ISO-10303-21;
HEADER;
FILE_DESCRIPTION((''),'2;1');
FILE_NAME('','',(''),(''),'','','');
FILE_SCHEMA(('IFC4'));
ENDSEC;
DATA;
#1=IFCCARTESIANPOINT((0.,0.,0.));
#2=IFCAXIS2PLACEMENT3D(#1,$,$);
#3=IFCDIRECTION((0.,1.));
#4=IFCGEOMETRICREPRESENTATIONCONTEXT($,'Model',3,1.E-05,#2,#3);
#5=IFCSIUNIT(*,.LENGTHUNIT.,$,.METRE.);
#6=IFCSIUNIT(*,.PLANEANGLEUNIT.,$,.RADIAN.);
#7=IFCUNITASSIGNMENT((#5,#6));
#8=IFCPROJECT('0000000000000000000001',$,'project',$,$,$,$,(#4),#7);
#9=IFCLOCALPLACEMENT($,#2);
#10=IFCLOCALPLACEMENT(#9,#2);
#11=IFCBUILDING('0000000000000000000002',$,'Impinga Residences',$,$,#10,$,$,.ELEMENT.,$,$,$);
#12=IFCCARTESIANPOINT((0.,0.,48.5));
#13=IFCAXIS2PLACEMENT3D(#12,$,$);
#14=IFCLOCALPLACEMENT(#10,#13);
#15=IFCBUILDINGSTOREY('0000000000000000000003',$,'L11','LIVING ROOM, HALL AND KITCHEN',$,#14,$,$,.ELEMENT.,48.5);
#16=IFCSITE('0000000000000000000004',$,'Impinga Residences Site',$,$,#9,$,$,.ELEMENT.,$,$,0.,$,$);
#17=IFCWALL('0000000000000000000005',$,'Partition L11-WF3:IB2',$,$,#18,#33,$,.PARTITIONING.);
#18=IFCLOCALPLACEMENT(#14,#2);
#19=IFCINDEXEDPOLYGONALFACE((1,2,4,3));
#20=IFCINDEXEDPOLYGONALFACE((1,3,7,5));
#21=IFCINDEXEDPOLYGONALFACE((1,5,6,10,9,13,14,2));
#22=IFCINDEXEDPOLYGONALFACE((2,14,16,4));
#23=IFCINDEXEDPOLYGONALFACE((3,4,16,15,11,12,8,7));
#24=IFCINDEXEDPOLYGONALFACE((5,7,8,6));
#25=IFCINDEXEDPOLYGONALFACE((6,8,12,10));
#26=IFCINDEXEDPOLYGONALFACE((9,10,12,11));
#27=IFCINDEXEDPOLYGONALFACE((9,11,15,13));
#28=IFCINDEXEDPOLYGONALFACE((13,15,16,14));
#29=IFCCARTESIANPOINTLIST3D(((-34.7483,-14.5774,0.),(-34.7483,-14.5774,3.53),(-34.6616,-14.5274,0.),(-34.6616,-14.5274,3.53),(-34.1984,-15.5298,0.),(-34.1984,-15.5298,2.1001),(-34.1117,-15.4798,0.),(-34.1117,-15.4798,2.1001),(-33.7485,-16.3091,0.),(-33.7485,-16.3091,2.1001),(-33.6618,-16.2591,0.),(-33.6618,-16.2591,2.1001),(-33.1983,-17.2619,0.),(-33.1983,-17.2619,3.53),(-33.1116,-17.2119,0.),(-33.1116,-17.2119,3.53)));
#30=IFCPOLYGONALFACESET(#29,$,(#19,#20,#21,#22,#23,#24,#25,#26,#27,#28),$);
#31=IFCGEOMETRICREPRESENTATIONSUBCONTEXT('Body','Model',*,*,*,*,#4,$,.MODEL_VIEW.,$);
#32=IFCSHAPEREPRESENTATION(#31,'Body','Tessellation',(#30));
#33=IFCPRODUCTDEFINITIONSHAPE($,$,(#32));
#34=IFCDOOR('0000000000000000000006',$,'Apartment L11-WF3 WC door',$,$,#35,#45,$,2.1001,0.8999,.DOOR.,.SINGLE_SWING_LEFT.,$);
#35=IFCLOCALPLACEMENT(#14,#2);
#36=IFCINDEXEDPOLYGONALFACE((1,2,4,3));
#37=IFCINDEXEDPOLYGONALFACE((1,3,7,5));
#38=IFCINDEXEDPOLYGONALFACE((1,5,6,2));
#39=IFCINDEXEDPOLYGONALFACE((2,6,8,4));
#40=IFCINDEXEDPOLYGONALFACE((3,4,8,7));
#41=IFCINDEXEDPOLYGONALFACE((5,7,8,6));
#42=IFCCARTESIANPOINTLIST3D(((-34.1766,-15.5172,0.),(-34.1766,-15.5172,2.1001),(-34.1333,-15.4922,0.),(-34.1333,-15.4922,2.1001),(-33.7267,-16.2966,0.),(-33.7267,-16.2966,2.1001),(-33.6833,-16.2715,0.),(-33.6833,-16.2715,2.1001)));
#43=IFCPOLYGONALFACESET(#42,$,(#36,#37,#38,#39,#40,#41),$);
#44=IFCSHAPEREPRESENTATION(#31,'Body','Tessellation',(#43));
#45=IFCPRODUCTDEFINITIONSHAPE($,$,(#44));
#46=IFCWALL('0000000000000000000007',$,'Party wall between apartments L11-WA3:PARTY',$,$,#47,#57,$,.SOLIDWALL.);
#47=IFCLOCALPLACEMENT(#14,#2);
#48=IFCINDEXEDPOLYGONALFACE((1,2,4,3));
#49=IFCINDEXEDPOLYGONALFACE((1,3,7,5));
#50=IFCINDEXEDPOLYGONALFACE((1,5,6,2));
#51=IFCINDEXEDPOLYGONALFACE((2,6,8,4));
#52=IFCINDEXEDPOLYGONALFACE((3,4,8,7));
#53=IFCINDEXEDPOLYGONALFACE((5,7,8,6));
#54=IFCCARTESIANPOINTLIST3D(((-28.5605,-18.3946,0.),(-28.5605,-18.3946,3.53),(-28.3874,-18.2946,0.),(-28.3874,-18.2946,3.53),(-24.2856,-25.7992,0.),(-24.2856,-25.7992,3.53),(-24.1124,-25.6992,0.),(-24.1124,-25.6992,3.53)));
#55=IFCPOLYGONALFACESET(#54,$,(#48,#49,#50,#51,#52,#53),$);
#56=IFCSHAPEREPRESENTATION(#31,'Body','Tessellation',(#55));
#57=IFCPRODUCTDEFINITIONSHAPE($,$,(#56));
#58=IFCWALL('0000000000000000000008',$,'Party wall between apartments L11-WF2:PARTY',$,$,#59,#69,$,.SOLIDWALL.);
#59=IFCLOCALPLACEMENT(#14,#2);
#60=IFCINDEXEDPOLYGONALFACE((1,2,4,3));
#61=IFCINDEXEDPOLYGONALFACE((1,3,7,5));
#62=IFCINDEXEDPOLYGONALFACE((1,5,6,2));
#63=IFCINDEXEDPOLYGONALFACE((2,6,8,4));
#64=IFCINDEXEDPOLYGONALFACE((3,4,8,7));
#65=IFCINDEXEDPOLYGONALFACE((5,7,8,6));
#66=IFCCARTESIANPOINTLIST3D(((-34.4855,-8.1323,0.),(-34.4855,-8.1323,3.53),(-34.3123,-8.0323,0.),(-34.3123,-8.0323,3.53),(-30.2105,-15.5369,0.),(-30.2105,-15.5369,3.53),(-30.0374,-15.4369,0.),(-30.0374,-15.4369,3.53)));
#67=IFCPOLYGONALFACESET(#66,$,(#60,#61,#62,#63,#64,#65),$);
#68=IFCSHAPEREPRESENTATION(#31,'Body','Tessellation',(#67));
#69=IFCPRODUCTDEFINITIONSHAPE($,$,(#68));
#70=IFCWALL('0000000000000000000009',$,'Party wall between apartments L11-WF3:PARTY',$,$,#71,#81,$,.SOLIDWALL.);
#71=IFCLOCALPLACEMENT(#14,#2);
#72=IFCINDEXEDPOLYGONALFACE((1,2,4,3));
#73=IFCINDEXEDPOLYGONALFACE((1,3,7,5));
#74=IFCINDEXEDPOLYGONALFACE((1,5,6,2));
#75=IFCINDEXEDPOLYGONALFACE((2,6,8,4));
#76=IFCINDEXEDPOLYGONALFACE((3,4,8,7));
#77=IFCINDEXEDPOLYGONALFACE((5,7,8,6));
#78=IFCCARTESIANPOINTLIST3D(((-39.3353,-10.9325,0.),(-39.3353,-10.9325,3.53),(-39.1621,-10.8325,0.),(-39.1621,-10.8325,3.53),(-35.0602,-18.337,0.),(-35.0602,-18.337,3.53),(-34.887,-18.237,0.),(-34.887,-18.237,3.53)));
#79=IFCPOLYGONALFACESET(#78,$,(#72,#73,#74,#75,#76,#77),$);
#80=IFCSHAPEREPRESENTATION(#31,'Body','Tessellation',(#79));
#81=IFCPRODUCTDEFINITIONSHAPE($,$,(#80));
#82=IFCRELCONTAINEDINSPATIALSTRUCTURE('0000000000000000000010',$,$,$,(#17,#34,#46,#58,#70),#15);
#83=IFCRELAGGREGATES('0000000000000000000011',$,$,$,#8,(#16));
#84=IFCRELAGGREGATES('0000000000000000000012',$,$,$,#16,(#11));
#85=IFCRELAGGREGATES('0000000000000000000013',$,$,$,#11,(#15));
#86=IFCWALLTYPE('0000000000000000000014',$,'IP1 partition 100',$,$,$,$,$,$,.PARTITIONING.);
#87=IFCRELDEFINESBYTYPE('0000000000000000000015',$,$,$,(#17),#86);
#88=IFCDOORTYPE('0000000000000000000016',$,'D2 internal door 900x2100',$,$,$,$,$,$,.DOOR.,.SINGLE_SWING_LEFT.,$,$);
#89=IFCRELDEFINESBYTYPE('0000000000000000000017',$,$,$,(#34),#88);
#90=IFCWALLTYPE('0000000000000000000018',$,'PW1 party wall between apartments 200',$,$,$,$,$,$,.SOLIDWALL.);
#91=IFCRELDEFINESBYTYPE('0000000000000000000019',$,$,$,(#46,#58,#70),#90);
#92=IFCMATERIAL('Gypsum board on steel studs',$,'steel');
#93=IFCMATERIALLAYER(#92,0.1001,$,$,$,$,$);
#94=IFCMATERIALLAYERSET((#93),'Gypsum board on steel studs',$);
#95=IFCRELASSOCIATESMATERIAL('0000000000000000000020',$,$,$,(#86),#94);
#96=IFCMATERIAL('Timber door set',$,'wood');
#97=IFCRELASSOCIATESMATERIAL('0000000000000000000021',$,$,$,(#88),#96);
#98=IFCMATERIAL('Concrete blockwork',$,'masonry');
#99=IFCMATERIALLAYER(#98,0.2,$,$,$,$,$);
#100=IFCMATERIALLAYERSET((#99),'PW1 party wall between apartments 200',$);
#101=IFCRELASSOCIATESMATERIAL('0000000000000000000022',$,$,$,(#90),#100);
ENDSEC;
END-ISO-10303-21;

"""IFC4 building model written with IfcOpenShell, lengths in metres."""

from ifc_helpers import new_model, si_unit, direction, frame, frame_2d, origin, place, context, subcontext, project, spatial, rectangle, extrude, material, layer, layer_set, type_object, element, fill, save


model = new_model("IFC4")

# Units and contexts
model_context = context("Model", 3, precision=1e-05, world=origin(), true_north=direction((0.0, 1.0)))
body_context = subcontext(model_context, "Body", "Model", "MODEL_VIEW")
ifc_project = project(units=[si_unit("LENGTHUNIT", "METRE"), si_unit("PLANEANGLEUNIT", "RADIAN")], contexts=[model_context])

# Site, building, storey
site_placement = place(None, origin())
site = spatial("IfcSite", under=ifc_project, at=site_placement, Name="Impinga Residences Site", CompositionType="ELEMENT", RefElevation=0.0)
building_placement = place(site_placement, origin())
building = spatial("IfcBuilding", under=site, at=building_placement, Name="Impinga Residences", CompositionType="ELEMENT")
storey_placement = place(building_placement, frame((0.0, 0.0, 48.5)))
storey = spatial("IfcBuildingStorey", under=building, at=storey_placement, Name="L11", Description="LIVING ROOM, HALL AND KITCHEN", CompositionType="ELEMENT", Elevation=48.5)

# Shared definitions
ifc_material_1 = material(Name="Gypsum board on steel studs", Category="steel")
ifc_layer_1 = layer(ifc_material_1, 0.1001)
ifc_layer_set_1 = layer_set([ifc_layer_1], Name="Gypsum board on steel studs")
wall_type_1 = type_object("IfcWallType", Name="IP1 partition 100", PredefinedType="PARTITIONING", material=ifc_layer_set_1)

# Shared definitions
ifc_material_2 = material(Name="Timber door set", Category="wood")
door_type = type_object("IfcDoorType", Name="D2 internal door 900x2100", OperationType="SINGLE_SWING_LEFT", PredefinedType="DOOR", material=ifc_material_2)

# Wall, opening, door
wall_1_placement = place(storey_placement, frame((-33.155, -17.2368, 0.0), z_axis=(0.0, 0.0, 1.0), x_axis=(-0.500027, 0.86601, 0.0)))
wall_1 = element("IfcWall", 1, at=wall_1_placement, inside=storey, type_object=wall_type_1, Name="Partition L11-WF3:IB2", PredefinedType="PARTITIONING", context=body_context, shape_type="SweptSolid", body=[
    extrude(rectangle(XDim=3.0999, YDim=0.1001, at=frame_2d((1.5498, 0.0))), origin(), (0.0, 0.0, 1.0), 3.53),
])
opening_1_placement = place(wall_1_placement, frame((1.1001, 0.0, 0.0)))
opening_1 = element("IfcOpeningElement", 2, at=opening_1_placement, cuts=wall_1, PredefinedType="OPENING", context=body_context, shape_type="SweptSolid", body=[
    extrude(rectangle(XDim=0.8999, YDim=2.1001, at=frame_2d((0.45, 1.05))), frame((0.0, 0.0601, 0.0), z_axis=(0.0, -1.0, 0.0), x_axis=(1.0, 0.0, 0.0)), (0.0, 0.0, 1.0), 0.1201),
])
door_1_placement = place(opening_1_placement, origin())
door_1 = element("IfcDoor", 3, at=door_1_placement, inside=storey, type_object=door_type, Name="Apartment L11-WF3 WC door", OperationType="SINGLE_SWING_LEFT", OverallHeight=2.1001, OverallWidth=0.8999, PredefinedType="DOOR", context=body_context, shape_type="SweptSolid", body=[
    extrude(rectangle(XDim=0.8999, YDim=2.1001, at=frame_2d((0.45, 1.05))), frame((0.0, 0.0249, 0.0), z_axis=(0.0, -1.0, 0.0), x_axis=(1.0, 0.0, 0.0)), (0.0, 0.0, 1.0), 0.05),
])
fill(opening_1, door_1)

# Walls
ifc_material_3 = material(Name="Concrete blockwork", Category="masonry")
ifc_layer_2 = layer(ifc_material_3, 0.2)
ifc_layer_set_2 = layer_set([ifc_layer_2], Name="PW1 party wall between apartments 200")
wall_type_2 = type_object("IfcWallType", Name="PW1 party wall between apartments 200", PredefinedType="SOLIDWALL", material=ifc_layer_set_2)
for number, where, z_axis, x_axis, name in (
    (4, (-28.4739, -18.3447, 0.0), (0.0, 0.0, 1.0), (0.49999, -0.866031, 0.0), "Party wall between apartments L11-WA3:PARTY"),
    (5, (-30.124, -15.4868, 0.0), (0.0, 0.0, 1.0), (-0.49999, 0.866031, 0.0), "Party wall between apartments L11-WF2:PARTY"),
    (6, (-34.9736, -18.2869, 0.0), (0.0, 0.0, 1.0), (-0.500012, 0.866019, 0.0), "Party wall between apartments L11-WF3:PARTY"),
):
    element("IfcWall", number, at=place(storey_placement, frame(where, z_axis=z_axis, x_axis=x_axis)), inside=storey, type_object=wall_type_2, Name=name, PredefinedType="SOLIDWALL", context=body_context, shape_type="SweptSolid", body=[
        extrude(rectangle(XDim=8.55, YDim=0.2, at=frame_2d((4.2749, 0.0))), origin(), (0.0, 0.0, 1.0), 3.53),
    ])

save(model, "model.ifc")
